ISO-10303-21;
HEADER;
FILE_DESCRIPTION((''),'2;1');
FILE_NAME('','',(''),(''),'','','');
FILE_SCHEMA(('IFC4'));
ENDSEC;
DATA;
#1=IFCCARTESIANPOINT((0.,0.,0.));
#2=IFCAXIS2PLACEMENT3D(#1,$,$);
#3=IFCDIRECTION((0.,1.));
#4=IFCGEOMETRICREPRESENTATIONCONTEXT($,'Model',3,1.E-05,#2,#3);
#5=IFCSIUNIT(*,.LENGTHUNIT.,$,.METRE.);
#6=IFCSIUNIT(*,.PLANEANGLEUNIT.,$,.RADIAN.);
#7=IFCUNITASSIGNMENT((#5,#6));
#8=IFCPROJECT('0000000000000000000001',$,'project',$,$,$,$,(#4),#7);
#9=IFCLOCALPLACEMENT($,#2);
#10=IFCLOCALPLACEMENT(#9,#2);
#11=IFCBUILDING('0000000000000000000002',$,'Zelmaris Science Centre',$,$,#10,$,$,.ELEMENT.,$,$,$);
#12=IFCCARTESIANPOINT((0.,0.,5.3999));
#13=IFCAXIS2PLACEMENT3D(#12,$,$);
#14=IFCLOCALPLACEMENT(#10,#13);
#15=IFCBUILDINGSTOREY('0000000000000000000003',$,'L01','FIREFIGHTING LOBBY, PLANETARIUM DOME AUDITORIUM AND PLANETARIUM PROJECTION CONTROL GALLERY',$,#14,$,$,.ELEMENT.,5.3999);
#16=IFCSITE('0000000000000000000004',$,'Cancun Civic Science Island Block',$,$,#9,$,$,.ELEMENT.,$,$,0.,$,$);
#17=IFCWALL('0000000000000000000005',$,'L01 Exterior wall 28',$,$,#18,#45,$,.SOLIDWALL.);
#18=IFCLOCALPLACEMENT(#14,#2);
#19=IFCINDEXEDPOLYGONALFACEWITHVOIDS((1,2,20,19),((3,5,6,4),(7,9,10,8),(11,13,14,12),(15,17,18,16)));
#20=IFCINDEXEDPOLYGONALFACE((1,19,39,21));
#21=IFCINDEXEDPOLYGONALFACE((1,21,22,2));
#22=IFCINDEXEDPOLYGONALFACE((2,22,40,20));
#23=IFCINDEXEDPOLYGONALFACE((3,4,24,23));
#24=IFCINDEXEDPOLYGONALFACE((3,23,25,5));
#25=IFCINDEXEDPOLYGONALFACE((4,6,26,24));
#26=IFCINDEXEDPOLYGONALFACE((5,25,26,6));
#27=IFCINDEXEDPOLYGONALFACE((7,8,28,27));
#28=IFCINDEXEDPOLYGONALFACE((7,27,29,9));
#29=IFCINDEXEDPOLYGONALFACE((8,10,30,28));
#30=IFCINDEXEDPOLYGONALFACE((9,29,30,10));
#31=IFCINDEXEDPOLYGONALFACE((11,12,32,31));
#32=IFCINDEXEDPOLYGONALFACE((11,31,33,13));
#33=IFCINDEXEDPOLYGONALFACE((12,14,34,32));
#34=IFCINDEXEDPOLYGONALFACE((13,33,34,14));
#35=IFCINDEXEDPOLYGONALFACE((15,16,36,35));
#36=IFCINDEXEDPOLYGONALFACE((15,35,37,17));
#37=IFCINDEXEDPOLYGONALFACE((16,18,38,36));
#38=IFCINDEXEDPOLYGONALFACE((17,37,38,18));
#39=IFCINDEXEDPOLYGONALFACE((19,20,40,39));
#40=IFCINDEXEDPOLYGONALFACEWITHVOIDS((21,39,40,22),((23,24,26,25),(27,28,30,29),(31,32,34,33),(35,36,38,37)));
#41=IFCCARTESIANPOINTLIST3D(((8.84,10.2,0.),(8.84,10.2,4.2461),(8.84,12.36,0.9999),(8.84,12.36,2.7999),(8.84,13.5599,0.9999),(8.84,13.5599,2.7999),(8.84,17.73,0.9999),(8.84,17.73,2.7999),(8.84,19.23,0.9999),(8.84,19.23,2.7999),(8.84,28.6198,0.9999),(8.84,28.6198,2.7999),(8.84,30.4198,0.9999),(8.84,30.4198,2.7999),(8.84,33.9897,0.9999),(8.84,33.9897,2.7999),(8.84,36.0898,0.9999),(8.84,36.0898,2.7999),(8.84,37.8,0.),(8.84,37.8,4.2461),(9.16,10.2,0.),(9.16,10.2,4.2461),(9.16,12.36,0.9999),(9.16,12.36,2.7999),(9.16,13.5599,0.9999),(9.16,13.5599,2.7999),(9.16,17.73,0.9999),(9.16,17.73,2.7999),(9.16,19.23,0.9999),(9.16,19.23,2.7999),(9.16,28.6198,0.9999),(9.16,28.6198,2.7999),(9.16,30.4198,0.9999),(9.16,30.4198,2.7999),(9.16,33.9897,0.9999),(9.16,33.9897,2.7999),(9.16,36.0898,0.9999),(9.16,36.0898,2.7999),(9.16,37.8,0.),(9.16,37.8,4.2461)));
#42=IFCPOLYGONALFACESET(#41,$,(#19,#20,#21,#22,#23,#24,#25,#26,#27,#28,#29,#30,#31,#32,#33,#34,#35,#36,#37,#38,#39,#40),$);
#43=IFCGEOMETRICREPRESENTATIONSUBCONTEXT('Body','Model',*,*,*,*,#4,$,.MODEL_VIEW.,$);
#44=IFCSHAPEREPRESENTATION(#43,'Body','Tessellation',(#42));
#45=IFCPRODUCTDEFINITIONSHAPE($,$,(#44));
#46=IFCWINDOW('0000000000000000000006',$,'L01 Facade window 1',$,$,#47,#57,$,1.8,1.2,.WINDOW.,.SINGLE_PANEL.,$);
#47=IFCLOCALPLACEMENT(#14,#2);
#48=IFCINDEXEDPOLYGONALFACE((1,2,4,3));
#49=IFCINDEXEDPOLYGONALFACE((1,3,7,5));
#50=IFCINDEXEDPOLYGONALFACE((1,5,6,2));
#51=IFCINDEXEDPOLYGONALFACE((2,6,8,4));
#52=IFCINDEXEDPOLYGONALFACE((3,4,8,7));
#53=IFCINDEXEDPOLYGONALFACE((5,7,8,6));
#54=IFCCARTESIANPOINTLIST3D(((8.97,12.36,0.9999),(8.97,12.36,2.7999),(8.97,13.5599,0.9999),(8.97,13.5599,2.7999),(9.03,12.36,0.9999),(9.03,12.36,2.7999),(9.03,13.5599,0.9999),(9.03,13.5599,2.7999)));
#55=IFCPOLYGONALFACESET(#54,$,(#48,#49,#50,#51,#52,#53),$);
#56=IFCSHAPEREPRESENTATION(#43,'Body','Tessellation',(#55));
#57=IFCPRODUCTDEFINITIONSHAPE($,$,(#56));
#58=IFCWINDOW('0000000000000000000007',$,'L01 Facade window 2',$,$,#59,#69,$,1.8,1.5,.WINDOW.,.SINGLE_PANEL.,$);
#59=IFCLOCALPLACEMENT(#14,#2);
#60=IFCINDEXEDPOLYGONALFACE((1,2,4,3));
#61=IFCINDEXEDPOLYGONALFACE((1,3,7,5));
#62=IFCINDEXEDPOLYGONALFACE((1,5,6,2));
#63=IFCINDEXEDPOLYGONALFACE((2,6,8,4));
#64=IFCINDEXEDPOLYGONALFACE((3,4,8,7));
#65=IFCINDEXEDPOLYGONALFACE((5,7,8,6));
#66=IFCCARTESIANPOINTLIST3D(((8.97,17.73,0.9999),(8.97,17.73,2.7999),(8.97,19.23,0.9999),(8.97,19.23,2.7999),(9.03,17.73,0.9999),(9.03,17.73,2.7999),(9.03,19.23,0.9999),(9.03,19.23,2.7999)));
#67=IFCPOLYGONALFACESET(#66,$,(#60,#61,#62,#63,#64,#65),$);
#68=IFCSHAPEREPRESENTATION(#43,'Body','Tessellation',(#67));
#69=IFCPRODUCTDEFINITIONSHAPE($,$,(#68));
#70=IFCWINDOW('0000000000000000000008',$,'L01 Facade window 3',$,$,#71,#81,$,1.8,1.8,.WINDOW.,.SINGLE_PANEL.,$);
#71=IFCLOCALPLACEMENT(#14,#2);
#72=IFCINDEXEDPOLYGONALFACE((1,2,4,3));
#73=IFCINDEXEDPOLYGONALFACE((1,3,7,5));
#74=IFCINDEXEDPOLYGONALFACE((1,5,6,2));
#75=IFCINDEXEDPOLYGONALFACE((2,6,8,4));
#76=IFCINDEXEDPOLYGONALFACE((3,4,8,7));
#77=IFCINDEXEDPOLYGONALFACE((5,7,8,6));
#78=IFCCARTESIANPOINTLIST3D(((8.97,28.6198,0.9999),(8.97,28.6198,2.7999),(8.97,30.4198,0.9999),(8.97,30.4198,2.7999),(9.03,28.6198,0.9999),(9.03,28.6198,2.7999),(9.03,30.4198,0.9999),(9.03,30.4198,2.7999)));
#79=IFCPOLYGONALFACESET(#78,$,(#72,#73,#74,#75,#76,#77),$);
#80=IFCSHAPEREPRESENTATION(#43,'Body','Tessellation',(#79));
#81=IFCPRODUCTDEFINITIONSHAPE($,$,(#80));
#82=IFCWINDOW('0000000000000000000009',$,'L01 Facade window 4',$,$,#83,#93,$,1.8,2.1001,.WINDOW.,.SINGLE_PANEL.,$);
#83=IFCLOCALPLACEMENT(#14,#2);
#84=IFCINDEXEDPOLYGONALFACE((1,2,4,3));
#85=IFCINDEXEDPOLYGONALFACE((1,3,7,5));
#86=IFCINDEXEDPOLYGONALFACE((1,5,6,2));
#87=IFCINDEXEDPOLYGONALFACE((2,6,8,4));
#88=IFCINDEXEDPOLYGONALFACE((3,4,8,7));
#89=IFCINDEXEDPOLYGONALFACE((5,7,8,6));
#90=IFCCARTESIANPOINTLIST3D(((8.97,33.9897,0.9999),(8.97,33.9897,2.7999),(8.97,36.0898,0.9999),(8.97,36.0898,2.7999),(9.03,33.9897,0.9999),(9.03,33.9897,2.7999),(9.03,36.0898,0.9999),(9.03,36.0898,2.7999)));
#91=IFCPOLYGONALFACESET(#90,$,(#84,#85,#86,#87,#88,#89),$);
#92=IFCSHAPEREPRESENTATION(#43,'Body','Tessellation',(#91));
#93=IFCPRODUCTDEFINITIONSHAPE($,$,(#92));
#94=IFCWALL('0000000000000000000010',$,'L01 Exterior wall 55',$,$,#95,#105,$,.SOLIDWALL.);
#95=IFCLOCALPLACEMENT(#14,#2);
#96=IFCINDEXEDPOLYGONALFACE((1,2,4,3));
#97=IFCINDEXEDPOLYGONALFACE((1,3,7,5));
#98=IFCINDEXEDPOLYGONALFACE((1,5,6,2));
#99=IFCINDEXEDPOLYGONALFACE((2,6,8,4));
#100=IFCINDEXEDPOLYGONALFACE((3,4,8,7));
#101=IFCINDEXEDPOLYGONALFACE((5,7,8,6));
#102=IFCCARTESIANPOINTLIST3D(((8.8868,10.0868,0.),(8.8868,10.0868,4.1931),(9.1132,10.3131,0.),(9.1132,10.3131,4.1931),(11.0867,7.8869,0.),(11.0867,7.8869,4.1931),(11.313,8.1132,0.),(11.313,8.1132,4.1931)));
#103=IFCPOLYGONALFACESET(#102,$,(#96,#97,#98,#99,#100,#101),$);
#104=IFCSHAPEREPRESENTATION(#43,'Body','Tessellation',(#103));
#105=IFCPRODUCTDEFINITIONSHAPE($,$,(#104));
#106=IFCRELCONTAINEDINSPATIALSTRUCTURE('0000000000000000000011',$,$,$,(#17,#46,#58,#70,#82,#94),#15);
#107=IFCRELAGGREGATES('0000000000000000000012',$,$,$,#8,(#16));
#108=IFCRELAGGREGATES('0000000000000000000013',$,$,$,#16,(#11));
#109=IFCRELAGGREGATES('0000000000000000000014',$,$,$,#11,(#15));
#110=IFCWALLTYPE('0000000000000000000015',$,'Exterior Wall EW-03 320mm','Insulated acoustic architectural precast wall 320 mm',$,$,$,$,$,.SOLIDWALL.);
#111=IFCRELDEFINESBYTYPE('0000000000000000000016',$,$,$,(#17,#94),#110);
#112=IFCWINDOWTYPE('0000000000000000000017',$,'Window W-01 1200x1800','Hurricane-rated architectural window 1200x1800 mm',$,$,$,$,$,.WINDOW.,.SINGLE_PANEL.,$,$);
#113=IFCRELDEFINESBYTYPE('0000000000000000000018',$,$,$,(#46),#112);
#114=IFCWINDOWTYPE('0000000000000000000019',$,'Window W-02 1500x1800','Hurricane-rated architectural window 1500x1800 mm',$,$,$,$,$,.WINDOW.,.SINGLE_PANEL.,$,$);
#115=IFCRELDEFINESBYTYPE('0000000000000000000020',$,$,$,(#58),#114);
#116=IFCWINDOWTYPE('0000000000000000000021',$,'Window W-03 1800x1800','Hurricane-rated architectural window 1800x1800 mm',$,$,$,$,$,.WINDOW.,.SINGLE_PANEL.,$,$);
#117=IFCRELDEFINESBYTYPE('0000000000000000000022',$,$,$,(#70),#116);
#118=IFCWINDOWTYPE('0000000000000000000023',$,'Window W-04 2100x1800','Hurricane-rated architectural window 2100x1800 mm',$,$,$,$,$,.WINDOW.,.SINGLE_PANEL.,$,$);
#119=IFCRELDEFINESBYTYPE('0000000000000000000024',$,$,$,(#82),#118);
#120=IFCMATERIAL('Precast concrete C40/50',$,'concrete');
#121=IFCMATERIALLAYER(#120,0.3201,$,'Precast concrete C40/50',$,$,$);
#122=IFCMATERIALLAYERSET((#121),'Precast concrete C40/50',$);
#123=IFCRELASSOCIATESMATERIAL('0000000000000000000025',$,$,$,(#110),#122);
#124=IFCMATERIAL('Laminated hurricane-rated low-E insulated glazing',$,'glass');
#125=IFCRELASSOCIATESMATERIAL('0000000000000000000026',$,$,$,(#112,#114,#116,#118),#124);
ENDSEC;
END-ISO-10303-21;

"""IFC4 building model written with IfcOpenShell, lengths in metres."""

from ifc_helpers import new_model, si_unit, direction, frame, frame_2d, origin, place, context, subcontext, project, spatial, rectangle, extrude, material, layer, layer_set, type_object, element, fill, save


model = new_model("IFC4")

# Units and contexts
model_context = context("Model", 3, precision=1e-05, world=origin(), true_north=direction((0.0, 1.0)))
body_context = subcontext(model_context, "Body", "Model", "MODEL_VIEW")
ifc_project = project(units=[si_unit("LENGTHUNIT", "METRE"), si_unit("PLANEANGLEUNIT", "RADIAN")], contexts=[model_context])

# Site, building, storey
site_placement = place(None, origin())
site = spatial("IfcSite", under=ifc_project, at=site_placement, Name="Cancun Civic Science Island Block", CompositionType="ELEMENT", RefElevation=0.0)
building_placement = place(site_placement, origin())
building = spatial("IfcBuilding", under=site, at=building_placement, Name="Zelmaris Science Centre", CompositionType="ELEMENT")
storey_placement = place(building_placement, frame((0.0, 0.0, 5.3999)))
storey = spatial("IfcBuildingStorey", under=building, at=storey_placement, Name="L01", Description="FIREFIGHTING LOBBY, PLANETARIUM DOME AUDITORIUM AND PLANETARIUM PROJECTION CONTROL GALLERY", CompositionType="ELEMENT", Elevation=5.3999)

# Wall, openings, windows
ifc_material_1 = material(Name="Precast concrete C40/50", Category="concrete")
ifc_layer_1 = layer(ifc_material_1, 0.3201, Name="Precast concrete C40/50")
ifc_layer_set_1 = layer_set([ifc_layer_1], Name="Precast concrete C40/50")
wall_type = type_object("IfcWallType", Name="Exterior Wall EW-03 320mm", Description="Insulated acoustic architectural precast wall 320 mm", PredefinedType="SOLIDWALL", material=ifc_layer_set_1)
wall_1_placement = place(storey_placement, frame((9.0, 10.2, 0.0), z_axis=(0.0, 0.0, 1.0), x_axis=(0.0, 1.0, 0.0)))
wall_1 = element("IfcWall", 1, at=wall_1_placement, inside=storey, type_object=wall_type, Name="L01 Exterior wall 28", PredefinedType="SOLIDWALL", context=body_context, shape_type="SweptSolid", body=[
    extrude(rectangle(XDim=27.6001, YDim=0.3201, at=frame_2d((13.8, 0.0))), origin(), (0.0, 0.0, 1.0), 4.2461),
])
opening_1_placement = place(wall_1_placement, frame((2.1599, 0.0, 1.0)))
opening_1 = element("IfcOpeningElement", 2, at=opening_1_placement, cuts=wall_1, PredefinedType="OPENING", context=body_context, shape_type="SweptSolid", body=[
    extrude(rectangle(XDim=1.2, YDim=1.8, at=frame_2d((0.6001, 0.8999))), frame((0.0, 0.1699, 0.0), z_axis=(0.0, -1.0, 0.0), x_axis=(1.0, 0.0, 0.0)), (0.0, 0.0, 1.0), 0.3401),
])
opening_2_placement = place(wall_1_placement, frame((7.53, 0.0, 1.0)))
opening_2 = element("IfcOpeningElement", 3, at=opening_2_placement, cuts=wall_1, PredefinedType="OPENING", context=body_context, shape_type="SweptSolid", body=[
    extrude(rectangle(XDim=1.5, YDim=1.8, at=frame_2d((0.75, 0.8999))), frame((0.0, 0.1699, 0.0), z_axis=(0.0, -1.0, 0.0), x_axis=(1.0, 0.0, 0.0)), (0.0, 0.0, 1.0), 0.3401),
])
opening_3_placement = place(wall_1_placement, frame((18.4199, 0.0, 1.0)))
opening_3 = element("IfcOpeningElement", 4, at=opening_3_placement, cuts=wall_1, PredefinedType="OPENING", context=body_context, shape_type="SweptSolid", body=[
    extrude(rectangle(XDim=1.8, YDim=1.8, at=frame_2d((0.8999, 0.8999))), frame((0.0, 0.1699, 0.0), z_axis=(0.0, -1.0, 0.0), x_axis=(1.0, 0.0, 0.0)), (0.0, 0.0, 1.0), 0.3401),
])
opening_4_placement = place(wall_1_placement, frame((23.7898, 0.0, 1.0)))
opening_4 = element("IfcOpeningElement", 5, at=opening_4_placement, cuts=wall_1, PredefinedType="OPENING", context=body_context, shape_type="SweptSolid", body=[
    extrude(rectangle(XDim=2.1001, YDim=1.8, at=frame_2d((1.05, 0.8999))), frame((0.0, 0.1699, 0.0), z_axis=(0.0, -1.0, 0.0), x_axis=(1.0, 0.0, 0.0)), (0.0, 0.0, 1.0), 0.3401),
])
ifc_material_2 = material(Name="Laminated hurricane-rated low-E insulated glazing", Category="glass")
window_type_1 = type_object("IfcWindowType", Name="Window W-01 1200x1800", Description="Hurricane-rated architectural window 1200x1800 mm", PartitioningType="SINGLE_PANEL", PredefinedType="WINDOW", material=ifc_material_2)
window_1_placement = place(opening_1_placement, origin())
window_1 = element("IfcWindow", 6, at=window_1_placement, inside=storey, type_object=window_type_1, Name="L01 Facade window 1", OverallHeight=1.8, OverallWidth=1.2, PartitioningType="SINGLE_PANEL", PredefinedType="WINDOW", context=body_context, shape_type="SweptSolid", body=[
    extrude(rectangle(XDim=1.2, YDim=1.8, at=frame_2d((0.6001, 0.8999))), frame((0.0, 0.03, 0.0), z_axis=(0.0, -1.0, 0.0), x_axis=(1.0, 0.0, 0.0)), (0.0, 0.0, 1.0), 0.0601),
])
fill(opening_1, window_1)
window_type_2 = type_object("IfcWindowType", Name="Window W-02 1500x1800", Description="Hurricane-rated architectural window 1500x1800 mm", PartitioningType="SINGLE_PANEL", PredefinedType="WINDOW", material=ifc_material_2)
window_2_placement = place(opening_2_placement, origin())
window_2 = element("IfcWindow", 7, at=window_2_placement, inside=storey, type_object=window_type_2, Name="L01 Facade window 2", OverallHeight=1.8, OverallWidth=1.5, PartitioningType="SINGLE_PANEL", PredefinedType="WINDOW", context=body_context, shape_type="SweptSolid", body=[
    extrude(rectangle(XDim=1.5, YDim=1.8, at=frame_2d((0.75, 0.8999))), frame((0.0, 0.03, 0.0), z_axis=(0.0, -1.0, 0.0), x_axis=(1.0, 0.0, 0.0)), (0.0, 0.0, 1.0), 0.0601),
])
fill(opening_2, window_2)
window_type_3 = type_object("IfcWindowType", Name="Window W-03 1800x1800", Description="Hurricane-rated architectural window 1800x1800 mm", PartitioningType="SINGLE_PANEL", PredefinedType="WINDOW", material=ifc_material_2)
window_3_placement = place(opening_3_placement, origin())
window_3 = element("IfcWindow", 8, at=window_3_placement, inside=storey, type_object=window_type_3, Name="L01 Facade window 3", OverallHeight=1.8, OverallWidth=1.8, PartitioningType="SINGLE_PANEL", PredefinedType="WINDOW", context=body_context, shape_type="SweptSolid", body=[
    extrude(rectangle(XDim=1.8, YDim=1.8, at=frame_2d((0.8999, 0.8999))), frame((0.0, 0.03, 0.0), z_axis=(0.0, -1.0, 0.0), x_axis=(1.0, 0.0, 0.0)), (0.0, 0.0, 1.0), 0.0601),
])
fill(opening_3, window_3)
window_type_4 = type_object("IfcWindowType", Name="Window W-04 2100x1800", Description="Hurricane-rated architectural window 2100x1800 mm", PartitioningType="SINGLE_PANEL", PredefinedType="WINDOW", material=ifc_material_2)
window_4_placement = place(opening_4_placement, origin())
window_4 = element("IfcWindow", 9, at=window_4_placement, inside=storey, type_object=window_type_4, Name="L01 Facade window 4", OverallHeight=1.8, OverallWidth=2.1001, PartitioningType="SINGLE_PANEL", PredefinedType="WINDOW", context=body_context, shape_type="SweptSolid", body=[
    extrude(rectangle(XDim=2.1001, YDim=1.8, at=frame_2d((1.05, 0.8999))), frame((0.0, 0.03, 0.0), z_axis=(0.0, -1.0, 0.0), x_axis=(1.0, 0.0, 0.0)), (0.0, 0.0, 1.0), 0.0601),
])
fill(opening_4, window_4)

# Wall
wall_2_placement = place(storey_placement, frame((11.2, 8.0, 0.0), z_axis=(0.0, 0.0, 1.0), x_axis=(-0.707107, 0.707107, 0.0)))
element("IfcWall", 10, at=wall_2_placement, inside=storey, type_object=wall_type, Name="L01 Exterior wall 55", PredefinedType="SOLIDWALL", context=body_context, shape_type="SweptSolid", body=[
    extrude(rectangle(XDim=3.1111, YDim=0.3201, at=frame_2d((1.5557, 0.0))), origin(), (0.0, 0.0, 1.0), 4.1931),
])

save(model, "model.ifc")
